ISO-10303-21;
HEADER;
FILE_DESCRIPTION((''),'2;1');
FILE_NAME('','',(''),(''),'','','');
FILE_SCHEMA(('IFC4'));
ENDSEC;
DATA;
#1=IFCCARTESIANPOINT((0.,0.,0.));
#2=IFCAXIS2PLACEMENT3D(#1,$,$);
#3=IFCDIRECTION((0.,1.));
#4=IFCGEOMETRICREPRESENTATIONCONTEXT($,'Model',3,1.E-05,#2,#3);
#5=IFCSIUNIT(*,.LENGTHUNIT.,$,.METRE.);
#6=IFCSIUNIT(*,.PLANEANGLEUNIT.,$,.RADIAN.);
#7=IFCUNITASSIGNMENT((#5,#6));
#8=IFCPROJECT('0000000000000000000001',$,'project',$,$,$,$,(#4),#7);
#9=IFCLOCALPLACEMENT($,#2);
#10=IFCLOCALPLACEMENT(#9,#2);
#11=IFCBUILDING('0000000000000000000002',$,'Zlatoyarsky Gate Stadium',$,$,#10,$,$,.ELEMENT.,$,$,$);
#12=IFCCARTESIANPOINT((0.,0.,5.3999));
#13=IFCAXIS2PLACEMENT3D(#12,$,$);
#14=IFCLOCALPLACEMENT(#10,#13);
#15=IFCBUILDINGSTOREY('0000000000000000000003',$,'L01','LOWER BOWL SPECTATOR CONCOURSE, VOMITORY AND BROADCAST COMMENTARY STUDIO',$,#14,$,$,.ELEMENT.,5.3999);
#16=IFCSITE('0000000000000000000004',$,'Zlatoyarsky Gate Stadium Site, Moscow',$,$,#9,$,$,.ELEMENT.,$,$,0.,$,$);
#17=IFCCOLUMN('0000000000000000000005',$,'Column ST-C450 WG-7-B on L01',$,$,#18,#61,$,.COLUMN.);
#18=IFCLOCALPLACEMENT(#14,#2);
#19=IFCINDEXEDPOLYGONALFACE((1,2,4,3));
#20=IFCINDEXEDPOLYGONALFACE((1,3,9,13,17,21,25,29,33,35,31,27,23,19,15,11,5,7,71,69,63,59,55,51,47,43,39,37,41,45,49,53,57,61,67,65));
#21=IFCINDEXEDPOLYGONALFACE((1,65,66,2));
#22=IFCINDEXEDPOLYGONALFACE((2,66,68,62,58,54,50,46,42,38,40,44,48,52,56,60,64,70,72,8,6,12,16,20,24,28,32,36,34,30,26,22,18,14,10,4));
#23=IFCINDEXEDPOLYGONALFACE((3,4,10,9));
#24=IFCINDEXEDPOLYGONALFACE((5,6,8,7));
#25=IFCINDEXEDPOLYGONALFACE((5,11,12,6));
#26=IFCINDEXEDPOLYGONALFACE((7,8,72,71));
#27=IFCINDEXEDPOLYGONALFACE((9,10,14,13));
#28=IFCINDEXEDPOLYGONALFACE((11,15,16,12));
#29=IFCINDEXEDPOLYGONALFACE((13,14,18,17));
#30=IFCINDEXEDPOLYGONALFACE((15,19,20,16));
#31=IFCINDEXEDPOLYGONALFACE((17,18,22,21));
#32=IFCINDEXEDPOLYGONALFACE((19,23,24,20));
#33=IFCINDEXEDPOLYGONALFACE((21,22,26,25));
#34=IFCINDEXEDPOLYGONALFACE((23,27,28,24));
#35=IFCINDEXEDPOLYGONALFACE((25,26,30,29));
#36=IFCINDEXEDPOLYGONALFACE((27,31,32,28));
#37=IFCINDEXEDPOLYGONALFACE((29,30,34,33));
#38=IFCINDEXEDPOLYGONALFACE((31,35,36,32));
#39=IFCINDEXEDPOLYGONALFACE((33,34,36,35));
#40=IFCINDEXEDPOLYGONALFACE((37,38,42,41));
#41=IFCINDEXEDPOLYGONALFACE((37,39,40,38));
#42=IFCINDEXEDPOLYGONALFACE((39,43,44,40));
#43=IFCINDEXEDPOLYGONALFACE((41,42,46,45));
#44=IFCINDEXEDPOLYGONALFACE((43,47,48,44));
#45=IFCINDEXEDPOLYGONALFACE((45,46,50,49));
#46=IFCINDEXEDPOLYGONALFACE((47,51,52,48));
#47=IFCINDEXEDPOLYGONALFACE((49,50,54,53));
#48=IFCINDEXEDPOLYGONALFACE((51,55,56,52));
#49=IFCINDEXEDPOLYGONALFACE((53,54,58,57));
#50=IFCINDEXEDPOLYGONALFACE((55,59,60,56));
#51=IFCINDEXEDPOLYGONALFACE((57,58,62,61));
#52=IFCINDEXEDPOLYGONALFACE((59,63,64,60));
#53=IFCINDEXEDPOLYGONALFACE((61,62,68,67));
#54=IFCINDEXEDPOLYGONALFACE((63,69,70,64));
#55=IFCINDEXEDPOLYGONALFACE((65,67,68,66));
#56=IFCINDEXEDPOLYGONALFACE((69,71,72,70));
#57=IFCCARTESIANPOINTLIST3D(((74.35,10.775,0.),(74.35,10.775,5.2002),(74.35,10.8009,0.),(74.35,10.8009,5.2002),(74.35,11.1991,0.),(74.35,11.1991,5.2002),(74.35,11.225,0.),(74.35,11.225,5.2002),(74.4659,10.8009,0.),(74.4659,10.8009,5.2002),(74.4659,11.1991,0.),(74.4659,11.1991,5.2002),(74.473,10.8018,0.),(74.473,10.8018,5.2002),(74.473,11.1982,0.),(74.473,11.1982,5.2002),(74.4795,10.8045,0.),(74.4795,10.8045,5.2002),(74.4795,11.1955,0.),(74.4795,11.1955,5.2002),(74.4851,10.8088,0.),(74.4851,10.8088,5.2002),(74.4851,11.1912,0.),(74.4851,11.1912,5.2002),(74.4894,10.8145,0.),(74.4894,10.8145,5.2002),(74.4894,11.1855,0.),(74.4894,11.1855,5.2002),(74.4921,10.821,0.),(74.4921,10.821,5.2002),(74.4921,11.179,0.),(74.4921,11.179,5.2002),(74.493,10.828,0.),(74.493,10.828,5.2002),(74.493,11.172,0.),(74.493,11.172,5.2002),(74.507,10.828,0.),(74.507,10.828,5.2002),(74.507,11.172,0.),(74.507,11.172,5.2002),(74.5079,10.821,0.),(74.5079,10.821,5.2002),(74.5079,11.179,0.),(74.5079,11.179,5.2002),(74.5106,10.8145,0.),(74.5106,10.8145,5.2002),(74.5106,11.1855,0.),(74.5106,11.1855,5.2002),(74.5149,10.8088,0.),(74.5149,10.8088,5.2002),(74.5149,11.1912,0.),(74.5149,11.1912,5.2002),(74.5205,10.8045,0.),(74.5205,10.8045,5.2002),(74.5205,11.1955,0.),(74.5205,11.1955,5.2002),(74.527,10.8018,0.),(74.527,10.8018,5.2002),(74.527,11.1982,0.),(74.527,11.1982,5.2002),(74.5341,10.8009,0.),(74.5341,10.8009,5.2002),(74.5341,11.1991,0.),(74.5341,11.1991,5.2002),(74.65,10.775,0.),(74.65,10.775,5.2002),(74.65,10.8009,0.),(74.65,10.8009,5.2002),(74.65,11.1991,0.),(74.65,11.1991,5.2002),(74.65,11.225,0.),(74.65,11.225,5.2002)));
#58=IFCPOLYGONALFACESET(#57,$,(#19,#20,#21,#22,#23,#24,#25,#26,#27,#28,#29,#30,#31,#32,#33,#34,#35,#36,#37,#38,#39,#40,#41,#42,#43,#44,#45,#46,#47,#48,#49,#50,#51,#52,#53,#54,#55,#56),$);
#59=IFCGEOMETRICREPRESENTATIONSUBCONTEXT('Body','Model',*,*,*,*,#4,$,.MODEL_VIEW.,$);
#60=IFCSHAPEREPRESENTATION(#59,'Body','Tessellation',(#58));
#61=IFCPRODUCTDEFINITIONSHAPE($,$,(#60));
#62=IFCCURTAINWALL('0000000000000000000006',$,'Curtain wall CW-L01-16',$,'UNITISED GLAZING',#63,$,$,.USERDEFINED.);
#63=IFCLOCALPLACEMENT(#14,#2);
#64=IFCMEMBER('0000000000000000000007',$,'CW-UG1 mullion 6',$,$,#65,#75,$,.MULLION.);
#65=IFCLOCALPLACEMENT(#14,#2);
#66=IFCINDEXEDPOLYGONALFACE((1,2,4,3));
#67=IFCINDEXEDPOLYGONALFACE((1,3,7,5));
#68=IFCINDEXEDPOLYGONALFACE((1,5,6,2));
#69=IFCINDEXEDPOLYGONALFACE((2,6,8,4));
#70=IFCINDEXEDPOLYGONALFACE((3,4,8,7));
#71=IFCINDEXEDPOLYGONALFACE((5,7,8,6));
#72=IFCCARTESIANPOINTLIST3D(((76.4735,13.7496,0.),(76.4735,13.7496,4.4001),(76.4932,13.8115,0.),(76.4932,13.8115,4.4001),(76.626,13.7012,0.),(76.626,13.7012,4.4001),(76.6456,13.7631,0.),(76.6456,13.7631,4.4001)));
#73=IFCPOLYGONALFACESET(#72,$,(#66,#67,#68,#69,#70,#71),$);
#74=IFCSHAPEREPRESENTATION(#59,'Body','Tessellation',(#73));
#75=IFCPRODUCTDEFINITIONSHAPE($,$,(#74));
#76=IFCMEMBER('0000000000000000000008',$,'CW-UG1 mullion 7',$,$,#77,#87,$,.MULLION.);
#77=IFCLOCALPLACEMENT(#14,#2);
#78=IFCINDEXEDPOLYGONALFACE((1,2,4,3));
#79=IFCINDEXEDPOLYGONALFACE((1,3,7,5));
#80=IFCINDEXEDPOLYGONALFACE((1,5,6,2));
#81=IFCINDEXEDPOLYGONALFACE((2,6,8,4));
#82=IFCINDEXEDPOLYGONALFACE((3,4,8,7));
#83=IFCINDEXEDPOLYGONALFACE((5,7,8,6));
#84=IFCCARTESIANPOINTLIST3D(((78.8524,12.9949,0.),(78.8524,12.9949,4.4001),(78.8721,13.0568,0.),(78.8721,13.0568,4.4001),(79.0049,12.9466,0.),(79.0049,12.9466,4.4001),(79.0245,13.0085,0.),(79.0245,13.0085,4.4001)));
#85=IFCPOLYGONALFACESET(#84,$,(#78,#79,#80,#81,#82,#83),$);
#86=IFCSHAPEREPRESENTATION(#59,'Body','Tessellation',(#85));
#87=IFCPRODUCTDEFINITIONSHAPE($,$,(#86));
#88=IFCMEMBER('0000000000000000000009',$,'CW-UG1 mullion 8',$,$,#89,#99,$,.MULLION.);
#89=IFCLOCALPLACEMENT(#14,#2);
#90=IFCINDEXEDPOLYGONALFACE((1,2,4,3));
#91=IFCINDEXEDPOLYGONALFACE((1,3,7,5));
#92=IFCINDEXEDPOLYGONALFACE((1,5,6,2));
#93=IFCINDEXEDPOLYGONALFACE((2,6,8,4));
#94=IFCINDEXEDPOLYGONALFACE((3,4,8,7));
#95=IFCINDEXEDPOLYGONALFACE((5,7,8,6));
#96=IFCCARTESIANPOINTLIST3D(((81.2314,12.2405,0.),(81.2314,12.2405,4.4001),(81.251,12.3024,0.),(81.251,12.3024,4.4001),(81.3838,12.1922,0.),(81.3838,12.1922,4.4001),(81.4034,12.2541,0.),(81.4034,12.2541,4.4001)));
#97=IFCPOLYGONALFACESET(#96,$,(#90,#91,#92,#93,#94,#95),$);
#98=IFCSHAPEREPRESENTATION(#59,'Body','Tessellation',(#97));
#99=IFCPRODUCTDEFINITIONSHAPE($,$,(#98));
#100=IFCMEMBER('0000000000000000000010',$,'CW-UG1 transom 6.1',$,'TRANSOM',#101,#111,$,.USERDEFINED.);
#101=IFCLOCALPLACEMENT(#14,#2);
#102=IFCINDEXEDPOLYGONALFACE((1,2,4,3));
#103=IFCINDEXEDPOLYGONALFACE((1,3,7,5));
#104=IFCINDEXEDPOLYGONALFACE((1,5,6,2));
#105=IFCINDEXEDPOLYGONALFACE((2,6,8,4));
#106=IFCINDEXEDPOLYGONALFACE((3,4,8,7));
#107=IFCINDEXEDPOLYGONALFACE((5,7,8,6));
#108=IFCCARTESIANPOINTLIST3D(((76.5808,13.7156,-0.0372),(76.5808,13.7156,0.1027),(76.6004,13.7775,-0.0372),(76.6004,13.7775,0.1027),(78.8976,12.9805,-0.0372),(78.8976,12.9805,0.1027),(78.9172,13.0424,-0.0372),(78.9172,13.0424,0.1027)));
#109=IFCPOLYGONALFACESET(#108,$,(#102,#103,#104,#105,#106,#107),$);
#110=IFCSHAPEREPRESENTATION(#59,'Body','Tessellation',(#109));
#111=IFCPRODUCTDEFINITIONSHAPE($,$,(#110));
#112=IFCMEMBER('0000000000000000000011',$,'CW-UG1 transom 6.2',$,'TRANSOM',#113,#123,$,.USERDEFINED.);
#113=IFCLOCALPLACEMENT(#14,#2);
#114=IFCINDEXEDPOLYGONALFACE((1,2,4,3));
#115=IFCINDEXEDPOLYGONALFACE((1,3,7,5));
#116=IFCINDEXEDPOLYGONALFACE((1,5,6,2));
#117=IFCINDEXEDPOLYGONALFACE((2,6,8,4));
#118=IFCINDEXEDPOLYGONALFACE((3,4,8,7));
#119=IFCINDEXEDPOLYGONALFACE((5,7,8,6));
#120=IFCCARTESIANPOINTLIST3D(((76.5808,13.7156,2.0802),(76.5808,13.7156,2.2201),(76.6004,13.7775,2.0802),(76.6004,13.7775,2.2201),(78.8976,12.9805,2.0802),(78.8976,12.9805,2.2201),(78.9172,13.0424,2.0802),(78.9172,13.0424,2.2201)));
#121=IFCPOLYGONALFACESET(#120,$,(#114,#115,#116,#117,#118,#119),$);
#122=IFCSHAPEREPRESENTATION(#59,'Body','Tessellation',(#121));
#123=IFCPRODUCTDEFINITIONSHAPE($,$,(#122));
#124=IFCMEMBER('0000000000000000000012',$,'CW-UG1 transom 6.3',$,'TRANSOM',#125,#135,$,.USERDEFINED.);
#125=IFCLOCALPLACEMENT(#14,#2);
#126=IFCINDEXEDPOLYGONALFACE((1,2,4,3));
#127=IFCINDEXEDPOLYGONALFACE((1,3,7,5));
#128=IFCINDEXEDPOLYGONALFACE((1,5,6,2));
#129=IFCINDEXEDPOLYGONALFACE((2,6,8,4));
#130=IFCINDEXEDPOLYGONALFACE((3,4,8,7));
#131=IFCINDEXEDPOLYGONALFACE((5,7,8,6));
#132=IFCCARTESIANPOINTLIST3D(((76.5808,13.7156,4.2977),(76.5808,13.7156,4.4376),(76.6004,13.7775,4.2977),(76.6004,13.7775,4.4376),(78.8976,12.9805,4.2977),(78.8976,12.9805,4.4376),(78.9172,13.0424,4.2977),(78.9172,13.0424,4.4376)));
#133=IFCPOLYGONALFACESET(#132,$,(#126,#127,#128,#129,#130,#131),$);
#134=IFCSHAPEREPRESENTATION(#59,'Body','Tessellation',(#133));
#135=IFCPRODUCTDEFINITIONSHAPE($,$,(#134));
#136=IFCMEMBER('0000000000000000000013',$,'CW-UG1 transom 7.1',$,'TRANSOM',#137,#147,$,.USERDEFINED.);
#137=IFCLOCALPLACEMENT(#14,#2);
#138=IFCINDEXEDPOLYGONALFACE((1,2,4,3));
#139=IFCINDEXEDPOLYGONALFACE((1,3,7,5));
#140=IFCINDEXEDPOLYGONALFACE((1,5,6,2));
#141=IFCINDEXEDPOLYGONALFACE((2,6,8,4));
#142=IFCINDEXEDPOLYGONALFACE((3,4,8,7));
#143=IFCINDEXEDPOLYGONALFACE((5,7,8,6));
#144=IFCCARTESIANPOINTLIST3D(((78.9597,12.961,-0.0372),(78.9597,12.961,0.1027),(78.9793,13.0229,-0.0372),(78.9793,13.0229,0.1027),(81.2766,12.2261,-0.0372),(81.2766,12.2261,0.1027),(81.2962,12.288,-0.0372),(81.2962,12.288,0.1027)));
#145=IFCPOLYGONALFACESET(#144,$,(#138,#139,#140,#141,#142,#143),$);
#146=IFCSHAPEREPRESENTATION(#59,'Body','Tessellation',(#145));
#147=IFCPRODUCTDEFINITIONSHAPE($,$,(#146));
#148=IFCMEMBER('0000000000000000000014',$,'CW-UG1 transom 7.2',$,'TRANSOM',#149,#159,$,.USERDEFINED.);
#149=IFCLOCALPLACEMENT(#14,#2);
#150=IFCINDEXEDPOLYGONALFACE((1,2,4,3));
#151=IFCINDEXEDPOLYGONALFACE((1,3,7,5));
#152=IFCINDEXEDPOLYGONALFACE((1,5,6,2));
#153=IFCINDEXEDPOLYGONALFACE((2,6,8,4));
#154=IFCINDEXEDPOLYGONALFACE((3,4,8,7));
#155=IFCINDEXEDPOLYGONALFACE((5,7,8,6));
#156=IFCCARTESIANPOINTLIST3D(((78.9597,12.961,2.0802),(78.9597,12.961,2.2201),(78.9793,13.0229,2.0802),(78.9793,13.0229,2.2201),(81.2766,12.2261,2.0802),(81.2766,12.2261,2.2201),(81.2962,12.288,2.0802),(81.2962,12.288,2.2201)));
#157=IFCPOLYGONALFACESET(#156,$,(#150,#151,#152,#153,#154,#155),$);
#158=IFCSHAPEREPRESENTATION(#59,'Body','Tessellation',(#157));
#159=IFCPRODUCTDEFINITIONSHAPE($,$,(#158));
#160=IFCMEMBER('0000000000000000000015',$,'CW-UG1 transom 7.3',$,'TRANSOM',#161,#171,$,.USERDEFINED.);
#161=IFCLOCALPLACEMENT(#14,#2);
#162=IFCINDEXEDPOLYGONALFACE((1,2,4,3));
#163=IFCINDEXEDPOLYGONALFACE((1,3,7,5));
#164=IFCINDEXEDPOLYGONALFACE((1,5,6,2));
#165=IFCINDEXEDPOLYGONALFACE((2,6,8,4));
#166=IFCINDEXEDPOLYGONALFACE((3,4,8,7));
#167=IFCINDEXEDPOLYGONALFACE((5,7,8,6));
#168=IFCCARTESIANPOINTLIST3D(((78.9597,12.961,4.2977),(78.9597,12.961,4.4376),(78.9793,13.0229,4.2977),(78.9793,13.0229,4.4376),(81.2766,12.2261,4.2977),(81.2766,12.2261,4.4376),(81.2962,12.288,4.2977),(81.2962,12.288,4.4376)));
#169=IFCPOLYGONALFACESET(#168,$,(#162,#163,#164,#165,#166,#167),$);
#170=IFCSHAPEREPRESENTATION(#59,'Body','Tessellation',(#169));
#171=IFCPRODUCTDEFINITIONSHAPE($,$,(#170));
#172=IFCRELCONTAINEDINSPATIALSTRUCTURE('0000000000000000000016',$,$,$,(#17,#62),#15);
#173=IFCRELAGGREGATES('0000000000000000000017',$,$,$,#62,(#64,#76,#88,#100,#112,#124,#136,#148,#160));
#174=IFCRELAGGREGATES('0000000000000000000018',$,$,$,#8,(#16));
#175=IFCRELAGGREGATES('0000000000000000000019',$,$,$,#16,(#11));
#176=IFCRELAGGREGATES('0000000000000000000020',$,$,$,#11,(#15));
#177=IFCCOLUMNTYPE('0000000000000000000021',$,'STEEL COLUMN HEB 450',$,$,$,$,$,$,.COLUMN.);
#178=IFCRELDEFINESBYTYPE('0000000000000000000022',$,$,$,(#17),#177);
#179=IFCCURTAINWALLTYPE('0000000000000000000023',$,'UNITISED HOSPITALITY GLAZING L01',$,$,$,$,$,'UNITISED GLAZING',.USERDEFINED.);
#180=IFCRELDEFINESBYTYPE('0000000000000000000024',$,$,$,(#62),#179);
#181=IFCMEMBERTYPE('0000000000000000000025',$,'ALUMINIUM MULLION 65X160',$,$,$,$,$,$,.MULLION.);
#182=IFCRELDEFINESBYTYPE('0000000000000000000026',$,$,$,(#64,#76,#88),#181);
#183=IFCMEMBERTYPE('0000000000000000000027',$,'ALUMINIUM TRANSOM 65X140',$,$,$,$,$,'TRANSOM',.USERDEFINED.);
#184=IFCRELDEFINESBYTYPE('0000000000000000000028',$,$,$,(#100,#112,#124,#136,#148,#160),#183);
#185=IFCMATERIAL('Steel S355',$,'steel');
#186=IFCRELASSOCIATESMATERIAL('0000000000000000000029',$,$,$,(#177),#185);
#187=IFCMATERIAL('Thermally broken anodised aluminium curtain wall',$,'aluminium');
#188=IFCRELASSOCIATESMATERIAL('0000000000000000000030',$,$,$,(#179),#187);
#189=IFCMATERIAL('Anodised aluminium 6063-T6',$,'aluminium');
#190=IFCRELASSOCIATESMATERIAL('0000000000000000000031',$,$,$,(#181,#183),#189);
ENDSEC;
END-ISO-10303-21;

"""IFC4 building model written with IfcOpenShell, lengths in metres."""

from ifc_helpers import new_model, si_unit, direction, frame, origin, origin_2d, place, context, subcontext, project, spatial, rectangle, i_section, extrude, material, material_profile, profile_set, type_object, element, aggregate, save


model = new_model("IFC4")

# Units and contexts
model_context = context("Model", 3, precision=1e-05, world=origin(), true_north=direction((0.0, 1.0)))
body_context = subcontext(model_context, "Body", "Model", "MODEL_VIEW")
ifc_project = project(units=[si_unit("LENGTHUNIT", "METRE"), si_unit("PLANEANGLEUNIT", "RADIAN")], contexts=[model_context])

# Site, building, storey
site_placement = place(None, origin())
site = spatial("IfcSite", under=ifc_project, at=site_placement, Name="Zlatoyarsky Gate Stadium Site, Moscow", CompositionType="ELEMENT", RefElevation=0.0)
building_placement = place(site_placement, origin())
building = spatial("IfcBuilding", under=site, at=building_placement, Name="Zlatoyarsky Gate Stadium", CompositionType="ELEMENT")
storey_placement = place(building_placement, frame((0.0, 0.0, 5.3999)))
storey = spatial("IfcBuildingStorey", under=building, at=storey_placement, Name="L01", Description="LOWER BOWL SPECTATOR CONCOURSE, VOMITORY AND BROADCAST COMMENTARY STUDIO", CompositionType="ELEMENT", Elevation=5.3999)

# Column
ifc_material_1 = material(Name="Steel S355", Category="steel")
ifc_material_profile_1 = material_profile(ifc_material_1, i_section(OverallWidth=0.3, OverallDepth=0.45, WebThickness=0.0139, FlangeThickness=0.0259, FilletRadius=0.0271, at=origin_2d()), Name="HEB 450")
ifc_profile_set_1 = profile_set([ifc_material_profile_1], Name="Steel S355")
column_type = type_object("IfcColumnType", Name="STEEL COLUMN HEB 450", PredefinedType="COLUMN", material=ifc_profile_set_1)
column_placement = place(storey_placement, frame((74.5, 11.0, 0.0), z_axis=(0.0, 0.0, 1.0), x_axis=(1.0, 0.0, 0.0)))
element("IfcColumn", 1, at=column_placement, inside=storey, type_object=column_type, Name="Column ST-C450 WG-7-B on L01", PredefinedType="COLUMN", context=body_context, shape_type="SweptSolid", body=[
    extrude(i_section(OverallWidth=0.3, OverallDepth=0.45, WebThickness=0.0139, FlangeThickness=0.0259, FilletRadius=0.0271, at=origin_2d()), origin(), (0.0, 0.0, 1.0), 5.2002),
])

# Curtain wall, members
ifc_material_2 = material(Name="Thermally broken anodised aluminium curtain wall", Category="aluminium")
curtain_wall_type = type_object("IfcCurtainWallType", Name="UNITISED HOSPITALITY GLAZING L01", ElementType="UNITISED GLAZING", PredefinedType="USERDEFINED", material=ifc_material_2)
curtain_wall_placement = place(storey_placement, origin())
curtain_wall = element("IfcCurtainWall", 2, at=curtain_wall_placement, inside=storey, type_object=curtain_wall_type, Name="Curtain wall CW-L01-16", ObjectType="UNITISED GLAZING", PredefinedType="USERDEFINED")
ifc_material_3 = material(Name="Anodised aluminium 6063-T6", Category="aluminium")
ifc_material_profile_2 = material_profile(ifc_material_3, rectangle(XDim=0.0649, YDim=0.1599, at=origin_2d()), Name="ALU 65X160")
ifc_profile_set_2 = profile_set([ifc_material_profile_2], Name="Anodised aluminium 6063-T6")
member_type_1 = type_object("IfcMemberType", Name="ALUMINIUM MULLION 65X160", PredefinedType="MULLION", material=ifc_profile_set_2)
member_1_placement = place(storey_placement, frame((76.5596, 13.7563, 0.0), z_axis=(0.0, 0.0, 1.0), x_axis=(0.302334, 0.953202, 0.0)))
member_1 = element("IfcMember", 3, at=member_1_placement, type_object=member_type_1, Name="CW-UG1 mullion 6", PredefinedType="MULLION", context=body_context, shape_type="SweptSolid", body=[
    extrude(rectangle(XDim=0.0649, YDim=0.1599, at=origin_2d()), origin(), (0.0, 0.0, 1.0), 4.4001),
])
member_2_placement = place(storey_placement, frame((78.9385, 13.0017, 0.0), z_axis=(0.0, 0.0, 1.0), x_axis=(0.302334, 0.953202, 0.0)))
member_2 = element("IfcMember", 4, at=member_2_placement, type_object=member_type_1, Name="CW-UG1 mullion 7", PredefinedType="MULLION", context=body_context, shape_type="SweptSolid", body=[
    extrude(rectangle(XDim=0.0649, YDim=0.1599, at=origin_2d()), origin(), (0.0, 0.0, 1.0), 4.4001),
])
member_3_placement = place(storey_placement, frame((81.3174, 12.2473, 0.0), z_axis=(0.0, 0.0, 1.0), x_axis=(0.302334, 0.953202, 0.0)))
member_3 = element("IfcMember", 5, at=member_3_placement, type_object=member_type_1, Name="CW-UG1 mullion 8", PredefinedType="MULLION", context=body_context, shape_type="SweptSolid", body=[
    extrude(rectangle(XDim=0.0649, YDim=0.1599, at=origin_2d()), origin(), (0.0, 0.0, 1.0), 4.4001),
])
ifc_material_profile_3 = material_profile(ifc_material_3, rectangle(XDim=0.0649, YDim=0.1399, at=origin_2d()), Name="ALU 65X140")
ifc_profile_set_3 = profile_set([ifc_material_profile_3], Name="Anodised aluminium 6063-T6")
member_type_2 = type_object("IfcMemberType", Name="ALUMINIUM TRANSOM 65X140", ElementType="TRANSOM", PredefinedType="USERDEFINED", material=ifc_profile_set_3)
member_4_placement = place(storey_placement, frame((76.5906, 13.7466, 0.0327), z_axis=(0.953173, -0.302424, 0.0), x_axis=(0.302424, 0.953173, 0.0)))
member_4 = element("IfcMember", 6, at=member_4_placement, type_object=member_type_2, Name="CW-UG1 transom 6.1", ObjectType="TRANSOM", PredefinedType="USERDEFINED", context=body_context, shape_type="SweptSolid", body=[
    extrude(rectangle(XDim=0.0649, YDim=0.1399, at=origin_2d()), origin(), (0.0, 0.0, 1.0), 2.4307),
])
member_5_placement = place(storey_placement, frame((76.5906, 13.7466, 2.1501), z_axis=(0.953173, -0.302424, 0.0), x_axis=(0.302424, 0.953173, 0.0)))
member_5 = element("IfcMember", 7, at=member_5_placement, type_object=member_type_2, Name="CW-UG1 transom 6.2", ObjectType="TRANSOM", PredefinedType="USERDEFINED", context=body_context, shape_type="SweptSolid", body=[
    extrude(rectangle(XDim=0.0649, YDim=0.1399, at=origin_2d()), origin(), (0.0, 0.0, 1.0), 2.4307),
])
member_6_placement = place(storey_placement, frame((76.5906, 13.7466, 4.3677), z_axis=(0.953173, -0.302424, 0.0), x_axis=(0.302424, 0.953173, 0.0)))
member_6 = element("IfcMember", 8, at=member_6_placement, type_object=member_type_2, Name="CW-UG1 transom 6.3", ObjectType="TRANSOM", PredefinedType="USERDEFINED", context=body_context, shape_type="SweptSolid", body=[
    extrude(rectangle(XDim=0.0649, YDim=0.1399, at=origin_2d()), origin(), (0.0, 0.0, 1.0), 2.4307),
])
member_7_placement = place(storey_placement, frame((78.9695, 12.9919, 0.0327), z_axis=(0.953202, -0.302333, 0.0), x_axis=(0.302333, 0.953202, 0.0)))
member_7 = element("IfcMember", 9, at=member_7_placement, type_object=member_type_2, Name="CW-UG1 transom 7.1", ObjectType="TRANSOM", PredefinedType="USERDEFINED", context=body_context, shape_type="SweptSolid", body=[
    extrude(rectangle(XDim=0.0649, YDim=0.1399, at=origin_2d()), origin(), (0.0, 0.0, 1.0), 2.4307),
])
member_8_placement = place(storey_placement, frame((78.9695, 12.9919, 2.1501), z_axis=(0.953202, -0.302333, 0.0), x_axis=(0.302333, 0.953202, 0.0)))
member_8 = element("IfcMember", 10, at=member_8_placement, type_object=member_type_2, Name="CW-UG1 transom 7.2", ObjectType="TRANSOM", PredefinedType="USERDEFINED", context=body_context, shape_type="SweptSolid", body=[
    extrude(rectangle(XDim=0.0649, YDim=0.1399, at=origin_2d()), origin(), (0.0, 0.0, 1.0), 2.4307),
])
member_9_placement = place(storey_placement, frame((78.9695, 12.9919, 4.3677), z_axis=(0.953202, -0.302333, 0.0), x_axis=(0.302333, 0.953202, 0.0)))
member_9 = element("IfcMember", 11, at=member_9_placement, type_object=member_type_2, Name="CW-UG1 transom 7.3", ObjectType="TRANSOM", PredefinedType="USERDEFINED", context=body_context, shape_type="SweptSolid", body=[
    extrude(rectangle(XDim=0.0649, YDim=0.1399, at=origin_2d()), origin(), (0.0, 0.0, 1.0), 2.4307),
])

aggregate(curtain_wall, [member_1, member_2, member_3, member_4, member_5, member_6, member_7, member_8, member_9])

save(model, "model.ifc")
